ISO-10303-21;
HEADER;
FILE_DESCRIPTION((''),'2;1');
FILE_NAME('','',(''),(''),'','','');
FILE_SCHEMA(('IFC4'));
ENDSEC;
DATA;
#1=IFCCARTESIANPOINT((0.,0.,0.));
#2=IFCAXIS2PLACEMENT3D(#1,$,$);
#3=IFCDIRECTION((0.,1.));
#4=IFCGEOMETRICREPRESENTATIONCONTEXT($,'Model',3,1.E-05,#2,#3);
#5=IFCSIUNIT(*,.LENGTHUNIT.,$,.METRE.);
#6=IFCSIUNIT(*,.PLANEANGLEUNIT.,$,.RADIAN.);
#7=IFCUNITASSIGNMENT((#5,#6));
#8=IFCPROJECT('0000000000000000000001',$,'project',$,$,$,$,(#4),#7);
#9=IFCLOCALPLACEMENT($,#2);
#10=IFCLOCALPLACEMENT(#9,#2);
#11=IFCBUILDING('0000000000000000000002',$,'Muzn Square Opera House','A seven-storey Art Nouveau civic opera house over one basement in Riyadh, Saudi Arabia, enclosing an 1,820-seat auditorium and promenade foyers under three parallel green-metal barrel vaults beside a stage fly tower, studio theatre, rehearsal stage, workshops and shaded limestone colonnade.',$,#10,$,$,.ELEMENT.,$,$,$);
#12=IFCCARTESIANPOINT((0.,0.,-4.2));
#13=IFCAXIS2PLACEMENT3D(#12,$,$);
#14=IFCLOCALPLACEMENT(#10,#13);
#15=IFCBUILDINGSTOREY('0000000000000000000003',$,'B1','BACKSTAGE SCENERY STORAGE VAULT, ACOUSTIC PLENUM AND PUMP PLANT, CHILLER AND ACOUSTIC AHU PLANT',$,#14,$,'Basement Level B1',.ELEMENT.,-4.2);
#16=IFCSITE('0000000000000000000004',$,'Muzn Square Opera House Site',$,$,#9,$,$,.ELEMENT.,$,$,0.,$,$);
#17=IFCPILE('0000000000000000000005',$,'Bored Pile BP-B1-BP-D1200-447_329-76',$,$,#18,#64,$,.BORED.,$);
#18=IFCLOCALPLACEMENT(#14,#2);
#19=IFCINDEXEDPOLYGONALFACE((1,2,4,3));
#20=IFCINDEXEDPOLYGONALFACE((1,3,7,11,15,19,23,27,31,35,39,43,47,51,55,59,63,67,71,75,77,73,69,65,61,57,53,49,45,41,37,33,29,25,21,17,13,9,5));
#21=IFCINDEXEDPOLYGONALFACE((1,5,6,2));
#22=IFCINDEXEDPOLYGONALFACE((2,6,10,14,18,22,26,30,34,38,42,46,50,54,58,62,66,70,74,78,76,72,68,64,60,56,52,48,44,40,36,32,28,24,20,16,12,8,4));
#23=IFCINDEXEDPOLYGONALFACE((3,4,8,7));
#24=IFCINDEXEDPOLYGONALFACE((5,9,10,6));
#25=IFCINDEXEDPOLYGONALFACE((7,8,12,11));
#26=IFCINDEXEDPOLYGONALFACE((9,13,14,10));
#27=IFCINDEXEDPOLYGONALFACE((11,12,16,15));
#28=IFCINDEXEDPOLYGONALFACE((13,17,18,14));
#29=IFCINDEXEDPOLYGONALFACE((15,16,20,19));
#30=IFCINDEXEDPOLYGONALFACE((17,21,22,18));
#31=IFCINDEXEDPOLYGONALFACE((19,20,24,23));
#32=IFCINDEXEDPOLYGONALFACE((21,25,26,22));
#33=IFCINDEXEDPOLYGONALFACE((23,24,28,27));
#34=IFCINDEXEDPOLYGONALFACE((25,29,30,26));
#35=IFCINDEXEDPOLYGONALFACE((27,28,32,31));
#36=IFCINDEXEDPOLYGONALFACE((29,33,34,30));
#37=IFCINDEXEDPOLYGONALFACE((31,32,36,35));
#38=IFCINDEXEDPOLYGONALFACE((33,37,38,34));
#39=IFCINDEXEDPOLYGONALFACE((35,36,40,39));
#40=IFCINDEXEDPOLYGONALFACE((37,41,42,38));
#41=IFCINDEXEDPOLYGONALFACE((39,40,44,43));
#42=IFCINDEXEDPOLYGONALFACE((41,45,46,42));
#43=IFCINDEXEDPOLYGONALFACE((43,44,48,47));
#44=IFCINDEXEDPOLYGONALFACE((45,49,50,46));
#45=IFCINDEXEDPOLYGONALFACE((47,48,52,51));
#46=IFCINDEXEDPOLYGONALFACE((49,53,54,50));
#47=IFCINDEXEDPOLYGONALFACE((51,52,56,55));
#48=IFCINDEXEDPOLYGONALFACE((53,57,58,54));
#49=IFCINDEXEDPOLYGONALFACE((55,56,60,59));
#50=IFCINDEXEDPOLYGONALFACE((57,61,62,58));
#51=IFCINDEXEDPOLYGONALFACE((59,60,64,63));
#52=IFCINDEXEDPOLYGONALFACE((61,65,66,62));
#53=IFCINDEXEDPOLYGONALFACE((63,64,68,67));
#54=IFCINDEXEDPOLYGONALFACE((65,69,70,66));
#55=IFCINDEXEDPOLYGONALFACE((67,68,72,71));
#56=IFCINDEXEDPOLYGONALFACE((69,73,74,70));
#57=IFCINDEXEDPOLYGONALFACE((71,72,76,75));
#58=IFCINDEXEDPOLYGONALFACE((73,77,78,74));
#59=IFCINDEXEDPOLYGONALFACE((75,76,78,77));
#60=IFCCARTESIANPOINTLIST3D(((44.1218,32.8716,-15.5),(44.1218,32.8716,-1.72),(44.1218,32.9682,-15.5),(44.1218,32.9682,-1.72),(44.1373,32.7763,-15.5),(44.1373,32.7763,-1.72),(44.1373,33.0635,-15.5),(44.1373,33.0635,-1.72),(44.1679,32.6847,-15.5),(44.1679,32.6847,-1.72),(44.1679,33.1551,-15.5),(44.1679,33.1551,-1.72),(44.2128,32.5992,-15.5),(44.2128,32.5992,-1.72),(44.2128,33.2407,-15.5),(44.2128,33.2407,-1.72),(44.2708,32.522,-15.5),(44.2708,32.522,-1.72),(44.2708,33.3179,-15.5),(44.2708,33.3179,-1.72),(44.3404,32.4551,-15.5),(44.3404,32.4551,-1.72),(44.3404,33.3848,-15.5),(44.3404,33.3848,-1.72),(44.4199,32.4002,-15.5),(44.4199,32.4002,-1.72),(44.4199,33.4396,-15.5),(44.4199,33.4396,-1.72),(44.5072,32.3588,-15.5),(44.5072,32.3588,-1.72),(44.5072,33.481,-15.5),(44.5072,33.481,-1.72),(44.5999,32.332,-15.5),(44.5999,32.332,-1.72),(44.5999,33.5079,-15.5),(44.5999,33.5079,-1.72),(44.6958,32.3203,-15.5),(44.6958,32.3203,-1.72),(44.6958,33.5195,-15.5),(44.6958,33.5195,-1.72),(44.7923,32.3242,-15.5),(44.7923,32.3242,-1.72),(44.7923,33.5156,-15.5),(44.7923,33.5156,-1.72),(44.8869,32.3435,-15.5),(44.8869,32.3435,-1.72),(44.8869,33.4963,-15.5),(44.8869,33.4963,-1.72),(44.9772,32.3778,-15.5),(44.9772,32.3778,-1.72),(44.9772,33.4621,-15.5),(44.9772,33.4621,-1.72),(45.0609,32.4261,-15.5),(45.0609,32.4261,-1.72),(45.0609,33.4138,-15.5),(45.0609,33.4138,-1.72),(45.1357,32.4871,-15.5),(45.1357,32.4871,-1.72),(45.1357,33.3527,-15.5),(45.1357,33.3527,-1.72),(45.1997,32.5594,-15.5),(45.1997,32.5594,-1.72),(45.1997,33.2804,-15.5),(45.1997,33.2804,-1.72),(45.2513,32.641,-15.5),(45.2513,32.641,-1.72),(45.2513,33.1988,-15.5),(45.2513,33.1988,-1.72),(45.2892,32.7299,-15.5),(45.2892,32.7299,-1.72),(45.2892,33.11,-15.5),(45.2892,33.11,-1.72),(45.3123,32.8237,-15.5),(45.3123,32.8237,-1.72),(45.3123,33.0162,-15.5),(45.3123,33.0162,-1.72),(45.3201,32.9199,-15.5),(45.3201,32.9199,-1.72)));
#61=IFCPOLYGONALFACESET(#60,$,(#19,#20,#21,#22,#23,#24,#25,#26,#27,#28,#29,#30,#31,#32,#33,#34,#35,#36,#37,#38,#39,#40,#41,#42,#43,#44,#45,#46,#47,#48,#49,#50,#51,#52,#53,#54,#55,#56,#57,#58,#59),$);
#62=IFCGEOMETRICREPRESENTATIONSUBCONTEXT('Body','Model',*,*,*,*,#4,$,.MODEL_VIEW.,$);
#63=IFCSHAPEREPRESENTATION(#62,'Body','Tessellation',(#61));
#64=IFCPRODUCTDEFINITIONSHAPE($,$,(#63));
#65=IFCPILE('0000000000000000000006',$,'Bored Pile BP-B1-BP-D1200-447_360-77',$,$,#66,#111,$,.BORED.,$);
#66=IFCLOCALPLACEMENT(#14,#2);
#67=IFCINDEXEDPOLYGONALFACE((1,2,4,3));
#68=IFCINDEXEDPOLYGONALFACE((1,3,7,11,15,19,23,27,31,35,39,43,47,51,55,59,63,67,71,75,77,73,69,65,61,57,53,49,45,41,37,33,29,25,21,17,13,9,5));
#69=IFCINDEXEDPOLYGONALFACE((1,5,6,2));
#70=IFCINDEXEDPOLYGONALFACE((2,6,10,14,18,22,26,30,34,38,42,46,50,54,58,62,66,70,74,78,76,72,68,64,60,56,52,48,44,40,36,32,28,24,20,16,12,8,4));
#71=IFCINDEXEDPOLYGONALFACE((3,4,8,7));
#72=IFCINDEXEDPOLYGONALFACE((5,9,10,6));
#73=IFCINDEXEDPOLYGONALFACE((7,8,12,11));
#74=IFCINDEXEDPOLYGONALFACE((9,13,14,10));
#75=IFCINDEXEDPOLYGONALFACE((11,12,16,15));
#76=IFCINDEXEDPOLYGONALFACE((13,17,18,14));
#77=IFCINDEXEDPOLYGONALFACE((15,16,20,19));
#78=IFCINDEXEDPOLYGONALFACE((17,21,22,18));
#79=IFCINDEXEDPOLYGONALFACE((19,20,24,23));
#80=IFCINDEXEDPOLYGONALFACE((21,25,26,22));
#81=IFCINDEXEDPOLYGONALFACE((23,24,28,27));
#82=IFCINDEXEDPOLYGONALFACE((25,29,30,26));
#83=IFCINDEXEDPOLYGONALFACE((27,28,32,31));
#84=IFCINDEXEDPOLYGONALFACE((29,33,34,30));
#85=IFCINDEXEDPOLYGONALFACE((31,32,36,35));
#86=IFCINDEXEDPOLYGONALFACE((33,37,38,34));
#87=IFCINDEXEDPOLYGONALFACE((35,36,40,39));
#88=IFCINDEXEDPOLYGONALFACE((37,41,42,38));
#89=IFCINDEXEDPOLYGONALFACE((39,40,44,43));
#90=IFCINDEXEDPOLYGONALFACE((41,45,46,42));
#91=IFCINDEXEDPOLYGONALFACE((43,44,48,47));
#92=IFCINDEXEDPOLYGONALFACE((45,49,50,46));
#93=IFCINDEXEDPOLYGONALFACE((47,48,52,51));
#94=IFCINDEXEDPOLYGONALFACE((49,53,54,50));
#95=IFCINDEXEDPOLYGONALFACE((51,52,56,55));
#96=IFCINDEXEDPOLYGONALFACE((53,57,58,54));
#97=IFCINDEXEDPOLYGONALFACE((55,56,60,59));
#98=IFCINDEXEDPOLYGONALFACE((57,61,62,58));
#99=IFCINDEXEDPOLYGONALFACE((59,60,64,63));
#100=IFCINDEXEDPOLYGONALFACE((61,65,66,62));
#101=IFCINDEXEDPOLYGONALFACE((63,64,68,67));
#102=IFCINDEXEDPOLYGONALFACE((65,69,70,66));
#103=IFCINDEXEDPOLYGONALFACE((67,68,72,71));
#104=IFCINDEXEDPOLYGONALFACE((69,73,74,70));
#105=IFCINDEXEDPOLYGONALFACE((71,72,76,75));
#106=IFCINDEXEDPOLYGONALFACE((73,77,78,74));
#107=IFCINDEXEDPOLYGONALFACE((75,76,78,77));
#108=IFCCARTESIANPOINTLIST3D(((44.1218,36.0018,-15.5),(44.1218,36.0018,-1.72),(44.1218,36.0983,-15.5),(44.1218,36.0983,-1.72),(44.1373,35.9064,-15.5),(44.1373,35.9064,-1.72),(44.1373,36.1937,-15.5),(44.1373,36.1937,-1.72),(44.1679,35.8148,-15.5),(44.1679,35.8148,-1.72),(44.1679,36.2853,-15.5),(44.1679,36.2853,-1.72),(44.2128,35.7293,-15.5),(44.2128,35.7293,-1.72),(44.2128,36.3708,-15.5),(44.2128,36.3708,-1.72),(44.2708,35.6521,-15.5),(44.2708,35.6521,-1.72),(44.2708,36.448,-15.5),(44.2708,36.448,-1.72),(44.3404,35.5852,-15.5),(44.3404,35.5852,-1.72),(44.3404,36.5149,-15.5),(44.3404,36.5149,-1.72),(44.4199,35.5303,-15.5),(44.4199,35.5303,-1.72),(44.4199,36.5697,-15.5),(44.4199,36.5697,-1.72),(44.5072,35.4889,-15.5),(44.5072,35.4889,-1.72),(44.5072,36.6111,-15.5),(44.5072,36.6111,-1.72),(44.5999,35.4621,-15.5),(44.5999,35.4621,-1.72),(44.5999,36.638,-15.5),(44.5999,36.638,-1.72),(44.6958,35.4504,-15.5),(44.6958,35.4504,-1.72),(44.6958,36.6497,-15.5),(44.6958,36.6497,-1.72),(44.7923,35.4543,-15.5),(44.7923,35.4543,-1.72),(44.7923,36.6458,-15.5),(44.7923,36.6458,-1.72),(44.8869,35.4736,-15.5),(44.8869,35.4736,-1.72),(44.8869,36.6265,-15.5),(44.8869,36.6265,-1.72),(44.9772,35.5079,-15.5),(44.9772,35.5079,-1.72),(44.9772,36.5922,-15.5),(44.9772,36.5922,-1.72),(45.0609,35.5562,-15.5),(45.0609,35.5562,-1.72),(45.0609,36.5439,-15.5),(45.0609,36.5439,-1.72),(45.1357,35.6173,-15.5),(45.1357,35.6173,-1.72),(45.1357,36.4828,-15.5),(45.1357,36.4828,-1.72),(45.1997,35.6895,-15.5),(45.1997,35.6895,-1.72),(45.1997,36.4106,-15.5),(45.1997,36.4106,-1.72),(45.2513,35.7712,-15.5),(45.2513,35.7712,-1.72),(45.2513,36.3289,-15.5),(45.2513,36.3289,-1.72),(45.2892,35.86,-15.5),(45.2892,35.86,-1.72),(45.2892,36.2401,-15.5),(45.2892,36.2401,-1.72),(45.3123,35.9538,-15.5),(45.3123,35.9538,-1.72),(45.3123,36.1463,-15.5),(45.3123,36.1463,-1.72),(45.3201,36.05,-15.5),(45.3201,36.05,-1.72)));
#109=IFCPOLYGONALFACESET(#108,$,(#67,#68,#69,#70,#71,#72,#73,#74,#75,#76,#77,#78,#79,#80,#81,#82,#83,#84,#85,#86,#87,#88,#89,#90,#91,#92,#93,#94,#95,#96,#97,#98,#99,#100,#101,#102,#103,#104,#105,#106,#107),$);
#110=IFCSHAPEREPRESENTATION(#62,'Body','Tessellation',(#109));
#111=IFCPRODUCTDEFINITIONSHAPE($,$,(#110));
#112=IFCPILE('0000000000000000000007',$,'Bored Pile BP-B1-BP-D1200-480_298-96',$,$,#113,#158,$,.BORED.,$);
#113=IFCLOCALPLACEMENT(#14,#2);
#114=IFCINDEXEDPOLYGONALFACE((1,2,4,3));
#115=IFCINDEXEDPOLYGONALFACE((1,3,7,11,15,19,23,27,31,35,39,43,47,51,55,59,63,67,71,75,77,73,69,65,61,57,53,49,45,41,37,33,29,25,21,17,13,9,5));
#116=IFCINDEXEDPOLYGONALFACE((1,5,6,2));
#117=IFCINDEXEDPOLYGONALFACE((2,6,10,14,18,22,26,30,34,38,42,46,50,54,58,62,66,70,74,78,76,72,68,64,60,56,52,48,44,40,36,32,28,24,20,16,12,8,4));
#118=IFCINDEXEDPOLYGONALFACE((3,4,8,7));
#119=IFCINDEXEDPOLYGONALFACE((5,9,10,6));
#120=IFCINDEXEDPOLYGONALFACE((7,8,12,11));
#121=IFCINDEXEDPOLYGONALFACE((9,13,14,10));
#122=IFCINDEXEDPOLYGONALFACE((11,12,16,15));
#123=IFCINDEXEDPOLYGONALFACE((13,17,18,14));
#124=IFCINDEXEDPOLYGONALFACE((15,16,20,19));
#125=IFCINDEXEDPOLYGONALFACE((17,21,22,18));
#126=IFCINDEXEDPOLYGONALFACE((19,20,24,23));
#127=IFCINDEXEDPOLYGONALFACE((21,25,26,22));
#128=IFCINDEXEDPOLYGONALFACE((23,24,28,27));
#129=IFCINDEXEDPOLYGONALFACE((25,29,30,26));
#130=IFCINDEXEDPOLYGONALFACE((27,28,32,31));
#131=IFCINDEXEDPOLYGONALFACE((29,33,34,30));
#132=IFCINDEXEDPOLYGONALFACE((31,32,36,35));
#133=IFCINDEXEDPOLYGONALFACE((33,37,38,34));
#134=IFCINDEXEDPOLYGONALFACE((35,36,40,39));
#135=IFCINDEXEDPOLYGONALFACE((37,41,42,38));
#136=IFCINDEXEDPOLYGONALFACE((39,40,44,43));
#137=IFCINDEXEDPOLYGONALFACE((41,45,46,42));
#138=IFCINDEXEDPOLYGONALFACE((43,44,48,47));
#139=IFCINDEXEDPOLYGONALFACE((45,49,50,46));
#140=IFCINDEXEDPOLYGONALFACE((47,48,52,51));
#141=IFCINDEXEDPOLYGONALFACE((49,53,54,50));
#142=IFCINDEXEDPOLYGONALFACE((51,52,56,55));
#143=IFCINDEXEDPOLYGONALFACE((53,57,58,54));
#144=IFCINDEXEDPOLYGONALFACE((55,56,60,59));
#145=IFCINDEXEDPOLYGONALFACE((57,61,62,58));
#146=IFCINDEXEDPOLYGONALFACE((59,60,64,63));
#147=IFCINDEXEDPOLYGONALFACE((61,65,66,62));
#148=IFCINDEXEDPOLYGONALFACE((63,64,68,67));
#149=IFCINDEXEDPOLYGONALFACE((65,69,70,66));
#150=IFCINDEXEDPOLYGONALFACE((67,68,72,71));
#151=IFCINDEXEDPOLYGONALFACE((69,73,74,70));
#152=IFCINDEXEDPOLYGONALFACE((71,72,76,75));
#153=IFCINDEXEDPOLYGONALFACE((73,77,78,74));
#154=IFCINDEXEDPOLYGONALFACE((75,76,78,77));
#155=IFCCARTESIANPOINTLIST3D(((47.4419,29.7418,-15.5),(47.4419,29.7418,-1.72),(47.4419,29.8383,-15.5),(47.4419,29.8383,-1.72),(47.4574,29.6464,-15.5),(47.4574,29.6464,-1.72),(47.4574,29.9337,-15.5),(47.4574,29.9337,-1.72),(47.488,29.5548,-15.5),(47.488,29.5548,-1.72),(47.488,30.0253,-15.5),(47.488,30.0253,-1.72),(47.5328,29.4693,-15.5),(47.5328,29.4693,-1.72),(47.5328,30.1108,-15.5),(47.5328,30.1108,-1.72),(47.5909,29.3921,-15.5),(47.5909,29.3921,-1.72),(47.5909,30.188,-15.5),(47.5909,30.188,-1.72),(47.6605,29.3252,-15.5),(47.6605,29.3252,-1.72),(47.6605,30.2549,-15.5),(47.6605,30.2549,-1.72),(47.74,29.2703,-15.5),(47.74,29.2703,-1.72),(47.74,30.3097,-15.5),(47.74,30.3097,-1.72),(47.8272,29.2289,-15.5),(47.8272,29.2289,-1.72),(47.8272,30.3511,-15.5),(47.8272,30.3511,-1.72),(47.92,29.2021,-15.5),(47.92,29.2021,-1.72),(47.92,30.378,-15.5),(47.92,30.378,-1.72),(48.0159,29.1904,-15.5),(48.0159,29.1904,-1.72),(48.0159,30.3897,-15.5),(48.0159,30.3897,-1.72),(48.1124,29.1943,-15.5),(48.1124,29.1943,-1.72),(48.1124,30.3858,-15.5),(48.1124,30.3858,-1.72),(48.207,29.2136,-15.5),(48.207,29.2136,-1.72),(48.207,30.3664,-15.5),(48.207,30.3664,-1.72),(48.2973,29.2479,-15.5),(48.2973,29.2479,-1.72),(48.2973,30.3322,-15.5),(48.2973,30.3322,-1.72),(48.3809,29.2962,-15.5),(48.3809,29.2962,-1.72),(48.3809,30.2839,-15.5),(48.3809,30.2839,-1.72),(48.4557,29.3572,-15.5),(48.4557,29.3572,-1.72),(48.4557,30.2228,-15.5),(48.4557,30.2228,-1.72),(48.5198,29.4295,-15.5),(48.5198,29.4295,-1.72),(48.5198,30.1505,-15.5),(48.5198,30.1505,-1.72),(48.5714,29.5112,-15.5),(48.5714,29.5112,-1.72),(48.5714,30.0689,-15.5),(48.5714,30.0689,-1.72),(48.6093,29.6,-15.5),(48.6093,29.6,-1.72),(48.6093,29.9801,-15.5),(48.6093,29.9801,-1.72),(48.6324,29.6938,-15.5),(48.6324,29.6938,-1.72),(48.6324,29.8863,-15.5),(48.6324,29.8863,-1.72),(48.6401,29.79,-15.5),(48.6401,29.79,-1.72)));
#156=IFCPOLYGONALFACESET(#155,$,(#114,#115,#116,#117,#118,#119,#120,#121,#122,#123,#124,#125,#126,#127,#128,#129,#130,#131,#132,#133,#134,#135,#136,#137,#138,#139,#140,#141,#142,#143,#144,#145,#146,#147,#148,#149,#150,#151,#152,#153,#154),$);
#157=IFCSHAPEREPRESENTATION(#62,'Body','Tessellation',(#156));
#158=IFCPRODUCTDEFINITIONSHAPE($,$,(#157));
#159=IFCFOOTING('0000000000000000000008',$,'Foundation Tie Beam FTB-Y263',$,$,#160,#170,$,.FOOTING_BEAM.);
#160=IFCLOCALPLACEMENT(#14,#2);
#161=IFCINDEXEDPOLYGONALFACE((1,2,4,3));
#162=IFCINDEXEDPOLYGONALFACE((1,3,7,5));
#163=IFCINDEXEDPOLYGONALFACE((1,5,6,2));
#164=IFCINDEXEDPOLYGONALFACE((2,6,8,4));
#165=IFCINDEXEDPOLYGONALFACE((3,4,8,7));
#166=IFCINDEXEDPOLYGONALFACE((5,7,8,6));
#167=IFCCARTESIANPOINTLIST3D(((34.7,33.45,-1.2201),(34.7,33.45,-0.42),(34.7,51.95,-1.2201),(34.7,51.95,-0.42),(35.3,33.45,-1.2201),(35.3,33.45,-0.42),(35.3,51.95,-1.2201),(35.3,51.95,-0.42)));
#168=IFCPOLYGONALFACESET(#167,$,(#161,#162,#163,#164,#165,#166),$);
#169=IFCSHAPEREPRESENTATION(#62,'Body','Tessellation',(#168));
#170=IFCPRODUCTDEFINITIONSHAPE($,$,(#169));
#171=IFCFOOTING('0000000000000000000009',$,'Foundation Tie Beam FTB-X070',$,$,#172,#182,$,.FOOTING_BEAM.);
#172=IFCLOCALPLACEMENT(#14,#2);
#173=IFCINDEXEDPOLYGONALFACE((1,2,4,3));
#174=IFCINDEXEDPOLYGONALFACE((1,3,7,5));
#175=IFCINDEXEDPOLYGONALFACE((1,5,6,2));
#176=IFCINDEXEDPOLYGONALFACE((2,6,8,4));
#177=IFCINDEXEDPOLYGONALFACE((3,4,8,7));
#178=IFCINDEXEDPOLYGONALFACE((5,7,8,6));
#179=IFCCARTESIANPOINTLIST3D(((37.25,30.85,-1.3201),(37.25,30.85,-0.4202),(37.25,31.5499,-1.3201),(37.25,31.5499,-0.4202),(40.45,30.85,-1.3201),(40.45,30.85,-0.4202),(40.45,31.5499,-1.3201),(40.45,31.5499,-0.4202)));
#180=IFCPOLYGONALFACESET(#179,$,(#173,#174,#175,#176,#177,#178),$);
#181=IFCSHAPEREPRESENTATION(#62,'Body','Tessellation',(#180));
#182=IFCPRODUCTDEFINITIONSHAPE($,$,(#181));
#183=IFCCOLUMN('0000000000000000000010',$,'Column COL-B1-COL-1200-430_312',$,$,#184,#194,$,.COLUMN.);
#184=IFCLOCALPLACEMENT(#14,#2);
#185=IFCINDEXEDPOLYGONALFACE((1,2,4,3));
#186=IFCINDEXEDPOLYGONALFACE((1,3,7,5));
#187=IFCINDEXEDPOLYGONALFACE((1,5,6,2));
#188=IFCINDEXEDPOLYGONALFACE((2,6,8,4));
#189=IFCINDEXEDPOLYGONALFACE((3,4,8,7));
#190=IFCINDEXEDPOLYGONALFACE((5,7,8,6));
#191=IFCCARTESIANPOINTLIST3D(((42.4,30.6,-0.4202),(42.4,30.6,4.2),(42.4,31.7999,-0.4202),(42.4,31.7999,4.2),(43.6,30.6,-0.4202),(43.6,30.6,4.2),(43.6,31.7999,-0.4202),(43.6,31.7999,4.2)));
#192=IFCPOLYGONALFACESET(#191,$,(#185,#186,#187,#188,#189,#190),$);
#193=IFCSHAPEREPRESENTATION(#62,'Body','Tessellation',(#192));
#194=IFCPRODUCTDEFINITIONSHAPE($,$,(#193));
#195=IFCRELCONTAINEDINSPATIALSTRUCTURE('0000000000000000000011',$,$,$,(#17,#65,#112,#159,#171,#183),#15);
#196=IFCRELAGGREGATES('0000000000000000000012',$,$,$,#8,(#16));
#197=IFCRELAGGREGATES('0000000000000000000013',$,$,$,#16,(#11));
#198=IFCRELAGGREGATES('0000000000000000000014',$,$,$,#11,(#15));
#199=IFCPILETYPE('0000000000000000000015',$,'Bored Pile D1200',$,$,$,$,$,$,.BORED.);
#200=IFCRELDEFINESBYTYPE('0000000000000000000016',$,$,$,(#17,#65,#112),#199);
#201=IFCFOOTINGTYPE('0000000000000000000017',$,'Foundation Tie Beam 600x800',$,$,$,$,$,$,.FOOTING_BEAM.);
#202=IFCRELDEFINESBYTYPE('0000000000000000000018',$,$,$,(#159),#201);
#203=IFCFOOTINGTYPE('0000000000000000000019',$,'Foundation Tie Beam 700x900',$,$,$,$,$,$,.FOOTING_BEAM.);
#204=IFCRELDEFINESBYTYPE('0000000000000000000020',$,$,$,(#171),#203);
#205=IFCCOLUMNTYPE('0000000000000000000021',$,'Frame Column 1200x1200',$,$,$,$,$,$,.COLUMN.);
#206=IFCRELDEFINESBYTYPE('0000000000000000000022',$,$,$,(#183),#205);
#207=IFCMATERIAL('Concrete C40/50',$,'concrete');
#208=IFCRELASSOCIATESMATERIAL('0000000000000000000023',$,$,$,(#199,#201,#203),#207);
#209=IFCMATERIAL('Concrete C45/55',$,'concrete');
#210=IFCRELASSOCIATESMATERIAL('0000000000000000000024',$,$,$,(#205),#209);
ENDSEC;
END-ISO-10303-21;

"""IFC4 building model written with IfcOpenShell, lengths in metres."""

from ifc_helpers import new_model, si_unit, direction, frame, origin, origin_2d, place, context, subcontext, project, spatial, rectangle, circle, extrude, material, material_profile, profile_set, type_object, element, save


model = new_model("IFC4")

# Units and contexts
model_context = context("Model", 3, precision=1e-05, world=origin(), true_north=direction((0.0, 1.0)))
body_context = subcontext(model_context, "Body", "Model", "MODEL_VIEW")
ifc_project = project(units=[si_unit("LENGTHUNIT", "METRE"), si_unit("PLANEANGLEUNIT", "RADIAN")], contexts=[model_context])

# Site, building, storey
site_placement = place(None, origin())
site = spatial("IfcSite", under=ifc_project, at=site_placement, Name="Muzn Square Opera House Site", CompositionType="ELEMENT", RefElevation=0.0)
building_placement = place(site_placement, origin())
building = spatial("IfcBuilding", under=site, at=building_placement, Name="Muzn Square Opera House", Description="A seven-storey Art Nouveau civic opera house over one basement in Riyadh, Saudi Arabia, enclosing an 1,820-seat auditorium and promenade foyers under three parallel green-metal barrel vaults beside a stage fly tower, studio theatre, rehearsal stage, workshops and shaded limestone colonnade.", CompositionType="ELEMENT")
storey_placement = place(building_placement, frame((0.0, 0.0, -4.2)))
storey = spatial("IfcBuildingStorey", under=building, at=storey_placement, Name="B1", Description="BACKSTAGE SCENERY STORAGE VAULT, ACOUSTIC PLENUM AND PUMP PLANT, CHILLER AND ACOUSTIC AHU PLANT", LongName="Basement Level B1", CompositionType="ELEMENT", Elevation=-4.2)

# Piles
ifc_material_1 = material(Name="Concrete C40/50", Category="concrete")
ifc_material_profile_1 = material_profile(ifc_material_1, circle(Radius=0.6001, at=origin_2d()), Name="BORED PILE D1200", Category="concrete")
ifc_profile_set_1 = profile_set([ifc_material_profile_1], Name="Concrete C40/50")
pile_type_1 = type_object("IfcPileType", Name="Bored Pile D1200", PredefinedType="BORED", material=ifc_profile_set_1)
for number, where, z_axis, x_axis, name in (
    (1, (44.72, 32.9199, -1.72), (0.0, 0.0, -1.0), (1.0, 0.0, 0.0), "Bored Pile BP-B1-BP-D1200-447_329-76"),
    (2, (44.72, 36.05, -1.72), (0.0, 0.0, -1.0), (1.0, 0.0, 0.0), "Bored Pile BP-B1-BP-D1200-447_360-77"),
    (3, (48.04, 29.79, -1.72), (0.0, 0.0, -1.0), (1.0, 0.0, 0.0), "Bored Pile BP-B1-BP-D1200-480_298-96"),
):
    element("IfcPile", number, at=place(storey_placement, frame(where, z_axis=z_axis, x_axis=x_axis)), inside=storey, type_object=pile_type_1, Name=name, PredefinedType="BORED", context=body_context, shape_type="SweptSolid", body=[
        extrude(circle(Radius=0.6001, at=origin_2d()), origin(), (0.0, 0.0, 1.0), 13.78),
    ])

# Footings
ifc_material_profile_2 = material_profile(ifc_material_1, rectangle(XDim=0.6001, YDim=0.8, at=origin_2d()), Name="RCTB 600x800", Category="concrete")
ifc_profile_set_2 = profile_set([ifc_material_profile_2], Name="Concrete C40/50")
footing_type_1 = type_object("IfcFootingType", Name="Foundation Tie Beam 600x800", PredefinedType="FOOTING_BEAM", material=ifc_profile_set_2)
footing_1_placement = place(storey_placement, frame((35.0, 33.45, -0.8201), z_axis=(0.0, 1.0, 0.0), x_axis=(-1.0, 0.0, 0.0)))
element("IfcFooting", 4, at=footing_1_placement, inside=storey, type_object=footing_type_1, Name="Foundation Tie Beam FTB-Y263", PredefinedType="FOOTING_BEAM", context=body_context, shape_type="SweptSolid", body=[
    extrude(rectangle(XDim=0.6001, YDim=0.8, at=origin_2d()), origin(), (0.0, 0.0, 1.0), 18.5),
])
ifc_material_profile_3 = material_profile(ifc_material_1, rectangle(XDim=0.7, YDim=0.8999, at=origin_2d()), Name="RCTB 700x900", Category="concrete")
ifc_profile_set_3 = profile_set([ifc_material_profile_3], Name="Concrete C40/50")
footing_type_2 = type_object("IfcFootingType", Name="Foundation Tie Beam 700x900", PredefinedType="FOOTING_BEAM", material=ifc_profile_set_3)
footing_2_placement = place(storey_placement, frame((37.25, 31.2, -0.8701), z_axis=(1.0, 0.0, 0.0), x_axis=(0.0, 1.0, 0.0)))
element("IfcFooting", 5, at=footing_2_placement, inside=storey, type_object=footing_type_2, Name="Foundation Tie Beam FTB-X070", PredefinedType="FOOTING_BEAM", context=body_context, shape_type="SweptSolid", body=[
    extrude(rectangle(XDim=0.7, YDim=0.8999, at=origin_2d()), origin(), (0.0, 0.0, 1.0), 3.2),
])

# Column
ifc_material_2 = material(Name="Concrete C45/55", Category="concrete")
ifc_material_profile_4 = material_profile(ifc_material_2, rectangle(XDim=1.2, YDim=1.2, at=origin_2d()), Name="RC 1200x1200", Category="concrete")
ifc_profile_set_4 = profile_set([ifc_material_profile_4], Name="Concrete C45/55")
column_type_1 = type_object("IfcColumnType", Name="Frame Column 1200x1200", PredefinedType="COLUMN", material=ifc_profile_set_4)
for number, where, z_axis, x_axis, name in (
    (6, (43.0, 31.2, -0.4202), (0.0, 0.0, 1.0), (1.0, 0.0, 0.0), "Column COL-B1-COL-1200-430_312"),
):
    element("IfcColumn", number, at=place(storey_placement, frame(where, z_axis=z_axis, x_axis=x_axis)), inside=storey, type_object=column_type_1, Name=name, PredefinedType="COLUMN", context=body_context, shape_type="SweptSolid", body=[
        extrude(rectangle(XDim=1.2, YDim=1.2, at=origin_2d()), origin(), (0.0, 0.0, 1.0), 4.6201),
    ])

save(model, "model.ifc")
